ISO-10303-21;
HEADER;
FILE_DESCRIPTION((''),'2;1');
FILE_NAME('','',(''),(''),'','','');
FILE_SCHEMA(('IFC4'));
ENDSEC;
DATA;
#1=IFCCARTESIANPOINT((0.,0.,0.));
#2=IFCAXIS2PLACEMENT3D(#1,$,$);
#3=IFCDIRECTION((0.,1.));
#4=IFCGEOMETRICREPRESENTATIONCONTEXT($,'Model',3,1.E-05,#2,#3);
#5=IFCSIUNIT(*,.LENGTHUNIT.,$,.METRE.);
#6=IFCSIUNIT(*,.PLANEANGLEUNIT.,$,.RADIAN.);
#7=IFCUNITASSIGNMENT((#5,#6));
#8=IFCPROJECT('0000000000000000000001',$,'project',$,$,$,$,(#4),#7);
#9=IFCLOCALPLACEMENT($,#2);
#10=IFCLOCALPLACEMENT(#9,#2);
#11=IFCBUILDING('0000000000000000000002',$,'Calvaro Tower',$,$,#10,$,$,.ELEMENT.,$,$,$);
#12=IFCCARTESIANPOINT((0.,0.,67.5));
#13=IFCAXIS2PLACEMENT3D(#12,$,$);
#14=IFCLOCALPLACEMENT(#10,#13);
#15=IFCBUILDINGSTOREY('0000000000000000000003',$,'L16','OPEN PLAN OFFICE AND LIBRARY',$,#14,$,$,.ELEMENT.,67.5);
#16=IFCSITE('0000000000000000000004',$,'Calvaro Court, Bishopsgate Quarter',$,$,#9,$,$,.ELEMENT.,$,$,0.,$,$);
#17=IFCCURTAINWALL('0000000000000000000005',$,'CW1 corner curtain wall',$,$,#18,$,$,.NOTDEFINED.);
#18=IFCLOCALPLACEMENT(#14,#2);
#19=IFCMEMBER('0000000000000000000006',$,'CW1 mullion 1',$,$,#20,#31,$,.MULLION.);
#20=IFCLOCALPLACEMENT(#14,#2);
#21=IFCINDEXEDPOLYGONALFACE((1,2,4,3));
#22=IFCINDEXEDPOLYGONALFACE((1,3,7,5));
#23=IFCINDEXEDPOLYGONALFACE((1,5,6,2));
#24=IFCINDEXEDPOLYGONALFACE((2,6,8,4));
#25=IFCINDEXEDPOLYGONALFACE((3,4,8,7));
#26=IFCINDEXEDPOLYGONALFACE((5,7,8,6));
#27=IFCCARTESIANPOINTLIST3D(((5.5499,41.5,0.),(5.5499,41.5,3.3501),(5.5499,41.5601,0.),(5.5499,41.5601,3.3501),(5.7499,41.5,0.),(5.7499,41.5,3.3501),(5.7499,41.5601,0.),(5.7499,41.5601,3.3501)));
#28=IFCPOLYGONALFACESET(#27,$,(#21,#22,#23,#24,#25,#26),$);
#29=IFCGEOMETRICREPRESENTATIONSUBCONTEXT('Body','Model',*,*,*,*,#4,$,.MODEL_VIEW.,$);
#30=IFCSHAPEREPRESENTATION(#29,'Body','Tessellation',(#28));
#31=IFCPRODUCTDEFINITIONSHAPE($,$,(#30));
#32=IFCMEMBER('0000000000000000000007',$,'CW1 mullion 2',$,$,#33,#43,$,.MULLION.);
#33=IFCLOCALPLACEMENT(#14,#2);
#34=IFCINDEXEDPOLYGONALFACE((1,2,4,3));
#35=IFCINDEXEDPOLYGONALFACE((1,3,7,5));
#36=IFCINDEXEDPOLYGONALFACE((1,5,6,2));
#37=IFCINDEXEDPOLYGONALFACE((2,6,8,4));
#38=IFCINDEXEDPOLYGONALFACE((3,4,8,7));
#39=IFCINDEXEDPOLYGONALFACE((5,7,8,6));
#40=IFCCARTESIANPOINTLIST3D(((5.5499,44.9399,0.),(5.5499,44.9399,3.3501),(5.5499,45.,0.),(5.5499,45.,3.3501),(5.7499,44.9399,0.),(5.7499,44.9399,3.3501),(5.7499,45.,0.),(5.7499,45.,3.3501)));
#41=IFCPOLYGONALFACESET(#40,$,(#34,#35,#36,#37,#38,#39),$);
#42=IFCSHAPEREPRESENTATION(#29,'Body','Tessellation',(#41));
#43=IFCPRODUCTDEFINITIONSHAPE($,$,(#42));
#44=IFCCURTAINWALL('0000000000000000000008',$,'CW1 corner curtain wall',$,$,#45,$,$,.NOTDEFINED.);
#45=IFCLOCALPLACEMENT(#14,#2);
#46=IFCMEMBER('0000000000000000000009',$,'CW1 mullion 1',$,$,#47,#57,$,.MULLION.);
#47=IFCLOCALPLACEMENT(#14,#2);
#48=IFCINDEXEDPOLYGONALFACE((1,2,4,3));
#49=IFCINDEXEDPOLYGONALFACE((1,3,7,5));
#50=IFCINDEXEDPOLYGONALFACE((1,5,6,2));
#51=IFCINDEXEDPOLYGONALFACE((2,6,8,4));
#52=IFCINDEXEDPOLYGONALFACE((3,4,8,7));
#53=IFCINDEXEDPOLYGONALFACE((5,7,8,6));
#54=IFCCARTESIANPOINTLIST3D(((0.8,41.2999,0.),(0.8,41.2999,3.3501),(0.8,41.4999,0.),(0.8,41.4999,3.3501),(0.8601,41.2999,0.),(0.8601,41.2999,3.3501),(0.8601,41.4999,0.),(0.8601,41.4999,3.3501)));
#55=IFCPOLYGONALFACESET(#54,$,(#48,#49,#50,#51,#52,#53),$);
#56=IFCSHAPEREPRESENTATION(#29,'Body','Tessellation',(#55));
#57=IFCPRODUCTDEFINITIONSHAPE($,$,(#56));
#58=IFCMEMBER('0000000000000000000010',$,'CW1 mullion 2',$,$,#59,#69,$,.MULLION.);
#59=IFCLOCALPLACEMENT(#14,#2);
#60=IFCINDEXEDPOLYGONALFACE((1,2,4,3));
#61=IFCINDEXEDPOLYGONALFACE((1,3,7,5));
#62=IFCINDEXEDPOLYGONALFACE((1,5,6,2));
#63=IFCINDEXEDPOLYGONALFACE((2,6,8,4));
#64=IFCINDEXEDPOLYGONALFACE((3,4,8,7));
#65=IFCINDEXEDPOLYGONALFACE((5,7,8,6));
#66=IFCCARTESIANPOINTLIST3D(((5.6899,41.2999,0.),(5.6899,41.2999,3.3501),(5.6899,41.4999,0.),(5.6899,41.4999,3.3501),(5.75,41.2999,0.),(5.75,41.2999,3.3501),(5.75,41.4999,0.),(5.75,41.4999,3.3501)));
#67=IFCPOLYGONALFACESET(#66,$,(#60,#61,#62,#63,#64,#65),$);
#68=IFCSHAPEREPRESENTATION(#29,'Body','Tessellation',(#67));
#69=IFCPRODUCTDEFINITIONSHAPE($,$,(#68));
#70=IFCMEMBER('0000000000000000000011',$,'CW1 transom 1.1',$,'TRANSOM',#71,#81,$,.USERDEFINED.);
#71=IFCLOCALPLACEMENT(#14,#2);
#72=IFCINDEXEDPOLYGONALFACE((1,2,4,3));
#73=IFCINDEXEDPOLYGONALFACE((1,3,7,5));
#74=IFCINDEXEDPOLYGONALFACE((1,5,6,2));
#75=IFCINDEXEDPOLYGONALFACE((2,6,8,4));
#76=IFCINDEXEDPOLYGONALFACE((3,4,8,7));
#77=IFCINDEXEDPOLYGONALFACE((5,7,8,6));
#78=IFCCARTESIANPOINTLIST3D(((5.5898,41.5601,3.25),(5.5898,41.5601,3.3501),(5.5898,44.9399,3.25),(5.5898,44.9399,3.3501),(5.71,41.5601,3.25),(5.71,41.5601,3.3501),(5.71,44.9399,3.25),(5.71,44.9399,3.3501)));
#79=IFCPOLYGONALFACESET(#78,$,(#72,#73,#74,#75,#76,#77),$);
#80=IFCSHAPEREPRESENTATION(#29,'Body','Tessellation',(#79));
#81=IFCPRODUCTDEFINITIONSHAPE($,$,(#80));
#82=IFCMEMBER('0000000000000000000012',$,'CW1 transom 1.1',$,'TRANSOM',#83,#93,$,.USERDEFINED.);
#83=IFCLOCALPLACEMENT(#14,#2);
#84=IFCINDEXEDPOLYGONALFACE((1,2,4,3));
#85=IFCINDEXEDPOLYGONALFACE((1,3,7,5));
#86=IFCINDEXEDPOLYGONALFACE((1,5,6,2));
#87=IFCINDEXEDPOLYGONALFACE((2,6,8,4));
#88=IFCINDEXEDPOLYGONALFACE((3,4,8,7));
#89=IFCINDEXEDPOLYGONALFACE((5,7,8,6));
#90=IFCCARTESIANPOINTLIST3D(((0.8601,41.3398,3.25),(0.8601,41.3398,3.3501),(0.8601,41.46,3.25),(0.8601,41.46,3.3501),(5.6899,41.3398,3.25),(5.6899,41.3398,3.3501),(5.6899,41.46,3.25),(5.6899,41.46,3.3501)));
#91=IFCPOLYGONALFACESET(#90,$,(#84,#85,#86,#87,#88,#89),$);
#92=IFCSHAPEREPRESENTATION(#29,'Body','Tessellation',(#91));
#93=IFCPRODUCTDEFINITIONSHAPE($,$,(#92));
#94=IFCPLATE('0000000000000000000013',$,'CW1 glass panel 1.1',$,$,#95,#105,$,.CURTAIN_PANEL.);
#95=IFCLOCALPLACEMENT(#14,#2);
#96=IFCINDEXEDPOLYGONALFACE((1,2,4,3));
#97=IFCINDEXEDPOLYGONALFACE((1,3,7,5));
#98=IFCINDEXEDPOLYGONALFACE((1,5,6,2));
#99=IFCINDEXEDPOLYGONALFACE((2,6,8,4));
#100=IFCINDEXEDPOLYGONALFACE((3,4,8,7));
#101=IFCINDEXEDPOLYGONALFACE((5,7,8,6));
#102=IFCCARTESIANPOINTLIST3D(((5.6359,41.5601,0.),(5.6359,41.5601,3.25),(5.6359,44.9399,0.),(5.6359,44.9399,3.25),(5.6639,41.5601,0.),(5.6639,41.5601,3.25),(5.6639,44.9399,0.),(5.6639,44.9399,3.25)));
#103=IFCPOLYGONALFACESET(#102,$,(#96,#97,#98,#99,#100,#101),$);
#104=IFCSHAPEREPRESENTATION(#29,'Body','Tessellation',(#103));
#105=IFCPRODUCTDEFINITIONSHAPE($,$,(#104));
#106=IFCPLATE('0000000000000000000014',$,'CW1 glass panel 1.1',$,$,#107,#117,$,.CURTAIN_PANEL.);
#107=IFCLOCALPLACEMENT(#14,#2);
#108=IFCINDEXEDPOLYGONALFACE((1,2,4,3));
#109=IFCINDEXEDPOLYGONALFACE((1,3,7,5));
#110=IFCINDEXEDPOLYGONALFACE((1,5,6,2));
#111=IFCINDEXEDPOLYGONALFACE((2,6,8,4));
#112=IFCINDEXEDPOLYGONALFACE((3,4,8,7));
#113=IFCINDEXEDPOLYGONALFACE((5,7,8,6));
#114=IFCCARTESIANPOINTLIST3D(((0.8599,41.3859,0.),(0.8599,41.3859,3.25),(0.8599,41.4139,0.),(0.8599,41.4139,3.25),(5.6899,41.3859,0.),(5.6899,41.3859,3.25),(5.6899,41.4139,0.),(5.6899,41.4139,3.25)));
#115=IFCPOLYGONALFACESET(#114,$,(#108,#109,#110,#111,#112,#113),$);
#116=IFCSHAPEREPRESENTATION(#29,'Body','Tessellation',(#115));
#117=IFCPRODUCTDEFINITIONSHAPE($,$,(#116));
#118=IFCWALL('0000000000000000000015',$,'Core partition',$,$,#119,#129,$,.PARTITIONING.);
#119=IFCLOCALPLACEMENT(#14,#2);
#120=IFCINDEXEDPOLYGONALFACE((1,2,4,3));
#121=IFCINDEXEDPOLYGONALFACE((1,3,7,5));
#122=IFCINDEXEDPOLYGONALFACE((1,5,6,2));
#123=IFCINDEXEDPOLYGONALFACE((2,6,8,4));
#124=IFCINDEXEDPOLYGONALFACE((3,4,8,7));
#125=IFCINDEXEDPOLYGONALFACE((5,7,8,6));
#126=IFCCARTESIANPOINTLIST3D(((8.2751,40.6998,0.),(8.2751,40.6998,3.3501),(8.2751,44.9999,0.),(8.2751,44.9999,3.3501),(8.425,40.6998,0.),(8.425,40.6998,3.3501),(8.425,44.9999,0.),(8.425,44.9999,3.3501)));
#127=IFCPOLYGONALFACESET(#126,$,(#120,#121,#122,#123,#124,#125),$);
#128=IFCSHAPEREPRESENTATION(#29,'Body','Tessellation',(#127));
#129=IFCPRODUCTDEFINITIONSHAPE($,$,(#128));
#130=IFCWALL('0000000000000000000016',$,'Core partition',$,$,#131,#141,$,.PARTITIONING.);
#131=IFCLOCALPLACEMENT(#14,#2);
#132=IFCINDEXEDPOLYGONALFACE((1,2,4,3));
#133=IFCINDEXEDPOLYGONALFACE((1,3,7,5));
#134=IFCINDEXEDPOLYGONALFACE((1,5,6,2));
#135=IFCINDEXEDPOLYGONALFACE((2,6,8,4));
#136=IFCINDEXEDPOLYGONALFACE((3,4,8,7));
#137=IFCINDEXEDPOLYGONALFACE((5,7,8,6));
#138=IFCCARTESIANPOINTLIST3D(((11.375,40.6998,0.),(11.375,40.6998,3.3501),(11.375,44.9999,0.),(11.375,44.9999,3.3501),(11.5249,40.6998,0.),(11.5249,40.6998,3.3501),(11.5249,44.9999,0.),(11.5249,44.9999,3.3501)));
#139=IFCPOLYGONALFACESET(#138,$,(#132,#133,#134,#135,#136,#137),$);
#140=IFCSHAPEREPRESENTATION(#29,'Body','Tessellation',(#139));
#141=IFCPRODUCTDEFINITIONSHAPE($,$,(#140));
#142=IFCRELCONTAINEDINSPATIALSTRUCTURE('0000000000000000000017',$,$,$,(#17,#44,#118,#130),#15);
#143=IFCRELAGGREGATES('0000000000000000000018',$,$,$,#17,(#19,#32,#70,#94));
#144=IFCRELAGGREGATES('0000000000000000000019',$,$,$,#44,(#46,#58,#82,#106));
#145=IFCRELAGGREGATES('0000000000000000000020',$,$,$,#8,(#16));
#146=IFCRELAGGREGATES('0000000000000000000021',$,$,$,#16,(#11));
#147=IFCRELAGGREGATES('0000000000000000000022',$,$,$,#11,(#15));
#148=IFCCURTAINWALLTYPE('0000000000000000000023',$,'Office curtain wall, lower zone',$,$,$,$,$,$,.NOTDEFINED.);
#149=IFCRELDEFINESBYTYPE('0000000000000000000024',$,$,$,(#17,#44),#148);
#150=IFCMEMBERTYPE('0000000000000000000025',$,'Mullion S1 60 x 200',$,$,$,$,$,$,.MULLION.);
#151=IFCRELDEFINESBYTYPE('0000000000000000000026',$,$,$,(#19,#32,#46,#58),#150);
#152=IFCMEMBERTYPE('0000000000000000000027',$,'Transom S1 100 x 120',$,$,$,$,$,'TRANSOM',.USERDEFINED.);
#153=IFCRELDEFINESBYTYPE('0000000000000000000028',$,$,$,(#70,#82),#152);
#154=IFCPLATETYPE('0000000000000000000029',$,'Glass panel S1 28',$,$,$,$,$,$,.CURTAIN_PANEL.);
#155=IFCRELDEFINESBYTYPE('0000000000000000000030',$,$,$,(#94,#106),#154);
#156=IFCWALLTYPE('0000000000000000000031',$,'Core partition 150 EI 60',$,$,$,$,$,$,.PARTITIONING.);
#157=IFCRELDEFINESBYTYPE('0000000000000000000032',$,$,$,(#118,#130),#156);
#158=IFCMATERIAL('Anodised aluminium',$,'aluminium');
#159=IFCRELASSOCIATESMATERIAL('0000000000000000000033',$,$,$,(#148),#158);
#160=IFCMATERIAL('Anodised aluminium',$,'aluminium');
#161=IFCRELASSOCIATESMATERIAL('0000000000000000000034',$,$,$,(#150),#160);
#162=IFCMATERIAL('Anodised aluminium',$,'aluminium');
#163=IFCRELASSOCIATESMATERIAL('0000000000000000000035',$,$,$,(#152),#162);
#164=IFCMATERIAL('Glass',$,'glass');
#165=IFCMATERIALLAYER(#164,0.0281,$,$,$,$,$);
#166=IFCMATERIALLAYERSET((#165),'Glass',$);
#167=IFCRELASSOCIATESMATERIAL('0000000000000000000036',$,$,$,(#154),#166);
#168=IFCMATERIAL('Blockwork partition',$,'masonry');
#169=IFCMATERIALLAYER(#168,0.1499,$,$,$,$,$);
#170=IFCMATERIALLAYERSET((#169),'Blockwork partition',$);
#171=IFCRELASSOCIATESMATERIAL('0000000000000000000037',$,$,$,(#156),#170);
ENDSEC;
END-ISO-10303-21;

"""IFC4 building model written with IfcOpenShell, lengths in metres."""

from ifc_helpers import new_model, si_unit, direction, frame, frame_2d, origin, origin_2d, place, context, subcontext, project, spatial, rectangle, extrude, material, layer, layer_set, material_profile, profile_set, type_object, element, aggregate, save


model = new_model("IFC4")

# Units and contexts
model_context = context("Model", 3, precision=1e-05, world=origin(), true_north=direction((0.0, 1.0)))
body_context = subcontext(model_context, "Body", "Model", "MODEL_VIEW")
ifc_project = project(units=[si_unit("LENGTHUNIT", "METRE"), si_unit("PLANEANGLEUNIT", "RADIAN")], contexts=[model_context])

# Site, building, storey
site_placement = place(None, origin())
site = spatial("IfcSite", under=ifc_project, at=site_placement, Name="Calvaro Court, Bishopsgate Quarter", CompositionType="ELEMENT", RefElevation=0.0)
building_placement = place(site_placement, origin())
building = spatial("IfcBuilding", under=site, at=building_placement, Name="Calvaro Tower", CompositionType="ELEMENT")
storey_placement = place(building_placement, frame((0.0, 0.0, 67.5)))
storey = spatial("IfcBuildingStorey", under=building, at=storey_placement, Name="L16", Description="OPEN PLAN OFFICE AND LIBRARY", CompositionType="ELEMENT", Elevation=67.5)

# Curtain walls, members
ifc_material_1 = material(Name="Anodised aluminium", Category="aluminium")
curtain_wall_type = type_object("IfcCurtainWallType", Name="Office curtain wall, lower zone", PredefinedType="NOTDEFINED", material=ifc_material_1)
curtain_wall_1_placement = place(storey_placement, origin())
curtain_wall_1 = element("IfcCurtainWall", 1, at=curtain_wall_1_placement, inside=storey, type_object=curtain_wall_type, Name="CW1 corner curtain wall", PredefinedType="NOTDEFINED")
ifc_material_2 = material(Name="Anodised aluminium", Category="aluminium")
ifc_material_profile_1 = material_profile(ifc_material_2, rectangle(XDim=0.2, YDim=0.0601, at=origin_2d()), Name="Mullion S1 60 x 200")
ifc_profile_set_1 = profile_set([ifc_material_profile_1], Name="Anodised aluminium")
member_type_1 = type_object("IfcMemberType", Name="Mullion S1 60 x 200", PredefinedType="MULLION", material=ifc_profile_set_1)
member_1_placement = place(storey_placement, frame((5.6499, 41.53, 0.0), z_axis=(0.0, 0.0, 1.0), x_axis=(-1.0, 0.0, 0.0)))
member_1 = element("IfcMember", 2, at=member_1_placement, type_object=member_type_1, Name="CW1 mullion 1", PredefinedType="MULLION", context=body_context, shape_type="SweptSolid", body=[
    extrude(rectangle(XDim=0.2, YDim=0.0601, at=origin_2d()), origin(), (0.0, 0.0, 1.0), 3.3501),
])
member_2_placement = place(storey_placement, frame((5.6499, 44.97, 0.0), z_axis=(0.0, 0.0, 1.0), x_axis=(-1.0, 0.0, 0.0)))
member_2 = element("IfcMember", 3, at=member_2_placement, type_object=member_type_1, Name="CW1 mullion 2", PredefinedType="MULLION", context=body_context, shape_type="SweptSolid", body=[
    extrude(rectangle(XDim=0.2, YDim=0.0601, at=origin_2d()), origin(), (0.0, 0.0, 1.0), 3.3501),
])
curtain_wall_2_placement = place(storey_placement, origin())
curtain_wall_2 = element("IfcCurtainWall", 4, at=curtain_wall_2_placement, inside=storey, type_object=curtain_wall_type, Name="CW1 corner curtain wall", PredefinedType="NOTDEFINED")
member_3_placement = place(storey_placement, frame((0.8301, 41.3999, 0.0), z_axis=(0.0, 0.0, 1.0), x_axis=(0.0, 1.0, 0.0)))
member_3 = element("IfcMember", 5, at=member_3_placement, type_object=member_type_1, Name="CW1 mullion 1", PredefinedType="MULLION", context=body_context, shape_type="SweptSolid", body=[
    extrude(rectangle(XDim=0.2, YDim=0.0601, at=origin_2d()), origin(), (0.0, 0.0, 1.0), 3.3501),
])
member_4_placement = place(storey_placement, frame((5.72, 41.3999, 0.0), z_axis=(0.0, 0.0, 1.0), x_axis=(0.0, 1.0, 0.0)))
member_4 = element("IfcMember", 6, at=member_4_placement, type_object=member_type_1, Name="CW1 mullion 2", PredefinedType="MULLION", context=body_context, shape_type="SweptSolid", body=[
    extrude(rectangle(XDim=0.2, YDim=0.0601, at=origin_2d()), origin(), (0.0, 0.0, 1.0), 3.3501),
])

# Members
ifc_material_3 = material(Name="Anodised aluminium", Category="aluminium")
ifc_material_profile_2 = material_profile(ifc_material_3, rectangle(XDim=0.1201, YDim=0.1001, at=origin_2d()), Name="Transom S1 100 x 120")
ifc_profile_set_2 = profile_set([ifc_material_profile_2], Name="Anodised aluminium")
member_type_2 = type_object("IfcMemberType", Name="Transom S1 100 x 120", ElementType="TRANSOM", PredefinedType="USERDEFINED", material=ifc_profile_set_2)
member_5_placement = place(storey_placement, frame((5.6499, 41.5601, 3.3), z_axis=(0.0, 1.0, 0.0), x_axis=(-1.0, 0.0, 0.0)))
member_5 = element("IfcMember", 7, at=member_5_placement, type_object=member_type_2, Name="CW1 transom 1.1", ObjectType="TRANSOM", PredefinedType="USERDEFINED", context=body_context, shape_type="SweptSolid", body=[
    extrude(rectangle(XDim=0.1201, YDim=0.1001, at=origin_2d()), origin(), (0.0, 0.0, 1.0), 3.3799),
])
member_6_placement = place(storey_placement, frame((0.8601, 41.3999, 3.3), z_axis=(1.0, 0.0, 0.0), x_axis=(0.0, 1.0, 0.0)))
member_6 = element("IfcMember", 8, at=member_6_placement, type_object=member_type_2, Name="CW1 transom 1.1", ObjectType="TRANSOM", PredefinedType="USERDEFINED", context=body_context, shape_type="SweptSolid", body=[
    extrude(rectangle(XDim=0.1201, YDim=0.1001, at=origin_2d()), origin(), (0.0, 0.0, 1.0), 4.8298),
])

# Plates
ifc_material_4 = material(Name="Glass", Category="glass")
ifc_layer_1 = layer(ifc_material_4, 0.0281)
ifc_layer_set_1 = layer_set([ifc_layer_1], Name="Glass")
plate_type = type_object("IfcPlateType", Name="Glass panel S1 28", PredefinedType="CURTAIN_PANEL", material=ifc_layer_set_1)
plate_1_placement = place(storey_placement, frame((5.6499, 43.25, 0.0), z_axis=(0.0, 0.0, 1.0), x_axis=(0.0, 1.0, 0.0)))
plate_1 = element("IfcPlate", 9, at=plate_1_placement, type_object=plate_type, Name="CW1 glass panel 1.1", PredefinedType="CURTAIN_PANEL", context=body_context, shape_type="SweptSolid", body=[
    extrude(rectangle(XDim=3.3799, YDim=0.0281, at=origin_2d()), origin(), (0.0, 0.0, 1.0), 3.25),
])
aggregate(curtain_wall_1, [member_1, member_2, member_5, plate_1])
plate_2_placement = place(storey_placement, frame((3.2749, 41.3999, 0.0), z_axis=(0.0, 0.0, 1.0), x_axis=(1.0, 0.0, 0.0)))
plate_2 = element("IfcPlate", 10, at=plate_2_placement, type_object=plate_type, Name="CW1 glass panel 1.1", PredefinedType="CURTAIN_PANEL", context=body_context, shape_type="SweptSolid", body=[
    extrude(rectangle(XDim=4.8301, YDim=0.0281, at=origin_2d()), origin(), (0.0, 0.0, 1.0), 3.25),
])
aggregate(curtain_wall_2, [member_3, member_4, member_6, plate_2])

# Walls
ifc_material_5 = material(Name="Blockwork partition", Category="masonry")
ifc_layer_2 = layer(ifc_material_5, 0.1499)
ifc_layer_set_2 = layer_set([ifc_layer_2], Name="Blockwork partition")
wall_type_1 = type_object("IfcWallType", Name="Core partition 150 EI 60", PredefinedType="PARTITIONING", material=ifc_layer_set_2)
for number, where, z_axis, x_axis, name in (
    (11, (8.3501, 40.7, 0.0), (0.0, 0.0, 1.0), (0.0, 1.0, 0.0), "Core partition"),
    (12, (11.45, 40.7, 0.0), (0.0, 0.0, 1.0), (0.0, 1.0, 0.0), "Core partition"),
):
    element("IfcWall", number, at=place(storey_placement, frame(where, z_axis=z_axis, x_axis=x_axis)), inside=storey, type_object=wall_type_1, Name=name, PredefinedType="PARTITIONING", context=body_context, shape_type="SweptSolid", body=[
        extrude(rectangle(XDim=4.3, YDim=0.1499, at=frame_2d((2.1499, 0.0))), origin(), (0.0, 0.0, 1.0), 3.3501),
    ])

save(model, "model.ifc")
